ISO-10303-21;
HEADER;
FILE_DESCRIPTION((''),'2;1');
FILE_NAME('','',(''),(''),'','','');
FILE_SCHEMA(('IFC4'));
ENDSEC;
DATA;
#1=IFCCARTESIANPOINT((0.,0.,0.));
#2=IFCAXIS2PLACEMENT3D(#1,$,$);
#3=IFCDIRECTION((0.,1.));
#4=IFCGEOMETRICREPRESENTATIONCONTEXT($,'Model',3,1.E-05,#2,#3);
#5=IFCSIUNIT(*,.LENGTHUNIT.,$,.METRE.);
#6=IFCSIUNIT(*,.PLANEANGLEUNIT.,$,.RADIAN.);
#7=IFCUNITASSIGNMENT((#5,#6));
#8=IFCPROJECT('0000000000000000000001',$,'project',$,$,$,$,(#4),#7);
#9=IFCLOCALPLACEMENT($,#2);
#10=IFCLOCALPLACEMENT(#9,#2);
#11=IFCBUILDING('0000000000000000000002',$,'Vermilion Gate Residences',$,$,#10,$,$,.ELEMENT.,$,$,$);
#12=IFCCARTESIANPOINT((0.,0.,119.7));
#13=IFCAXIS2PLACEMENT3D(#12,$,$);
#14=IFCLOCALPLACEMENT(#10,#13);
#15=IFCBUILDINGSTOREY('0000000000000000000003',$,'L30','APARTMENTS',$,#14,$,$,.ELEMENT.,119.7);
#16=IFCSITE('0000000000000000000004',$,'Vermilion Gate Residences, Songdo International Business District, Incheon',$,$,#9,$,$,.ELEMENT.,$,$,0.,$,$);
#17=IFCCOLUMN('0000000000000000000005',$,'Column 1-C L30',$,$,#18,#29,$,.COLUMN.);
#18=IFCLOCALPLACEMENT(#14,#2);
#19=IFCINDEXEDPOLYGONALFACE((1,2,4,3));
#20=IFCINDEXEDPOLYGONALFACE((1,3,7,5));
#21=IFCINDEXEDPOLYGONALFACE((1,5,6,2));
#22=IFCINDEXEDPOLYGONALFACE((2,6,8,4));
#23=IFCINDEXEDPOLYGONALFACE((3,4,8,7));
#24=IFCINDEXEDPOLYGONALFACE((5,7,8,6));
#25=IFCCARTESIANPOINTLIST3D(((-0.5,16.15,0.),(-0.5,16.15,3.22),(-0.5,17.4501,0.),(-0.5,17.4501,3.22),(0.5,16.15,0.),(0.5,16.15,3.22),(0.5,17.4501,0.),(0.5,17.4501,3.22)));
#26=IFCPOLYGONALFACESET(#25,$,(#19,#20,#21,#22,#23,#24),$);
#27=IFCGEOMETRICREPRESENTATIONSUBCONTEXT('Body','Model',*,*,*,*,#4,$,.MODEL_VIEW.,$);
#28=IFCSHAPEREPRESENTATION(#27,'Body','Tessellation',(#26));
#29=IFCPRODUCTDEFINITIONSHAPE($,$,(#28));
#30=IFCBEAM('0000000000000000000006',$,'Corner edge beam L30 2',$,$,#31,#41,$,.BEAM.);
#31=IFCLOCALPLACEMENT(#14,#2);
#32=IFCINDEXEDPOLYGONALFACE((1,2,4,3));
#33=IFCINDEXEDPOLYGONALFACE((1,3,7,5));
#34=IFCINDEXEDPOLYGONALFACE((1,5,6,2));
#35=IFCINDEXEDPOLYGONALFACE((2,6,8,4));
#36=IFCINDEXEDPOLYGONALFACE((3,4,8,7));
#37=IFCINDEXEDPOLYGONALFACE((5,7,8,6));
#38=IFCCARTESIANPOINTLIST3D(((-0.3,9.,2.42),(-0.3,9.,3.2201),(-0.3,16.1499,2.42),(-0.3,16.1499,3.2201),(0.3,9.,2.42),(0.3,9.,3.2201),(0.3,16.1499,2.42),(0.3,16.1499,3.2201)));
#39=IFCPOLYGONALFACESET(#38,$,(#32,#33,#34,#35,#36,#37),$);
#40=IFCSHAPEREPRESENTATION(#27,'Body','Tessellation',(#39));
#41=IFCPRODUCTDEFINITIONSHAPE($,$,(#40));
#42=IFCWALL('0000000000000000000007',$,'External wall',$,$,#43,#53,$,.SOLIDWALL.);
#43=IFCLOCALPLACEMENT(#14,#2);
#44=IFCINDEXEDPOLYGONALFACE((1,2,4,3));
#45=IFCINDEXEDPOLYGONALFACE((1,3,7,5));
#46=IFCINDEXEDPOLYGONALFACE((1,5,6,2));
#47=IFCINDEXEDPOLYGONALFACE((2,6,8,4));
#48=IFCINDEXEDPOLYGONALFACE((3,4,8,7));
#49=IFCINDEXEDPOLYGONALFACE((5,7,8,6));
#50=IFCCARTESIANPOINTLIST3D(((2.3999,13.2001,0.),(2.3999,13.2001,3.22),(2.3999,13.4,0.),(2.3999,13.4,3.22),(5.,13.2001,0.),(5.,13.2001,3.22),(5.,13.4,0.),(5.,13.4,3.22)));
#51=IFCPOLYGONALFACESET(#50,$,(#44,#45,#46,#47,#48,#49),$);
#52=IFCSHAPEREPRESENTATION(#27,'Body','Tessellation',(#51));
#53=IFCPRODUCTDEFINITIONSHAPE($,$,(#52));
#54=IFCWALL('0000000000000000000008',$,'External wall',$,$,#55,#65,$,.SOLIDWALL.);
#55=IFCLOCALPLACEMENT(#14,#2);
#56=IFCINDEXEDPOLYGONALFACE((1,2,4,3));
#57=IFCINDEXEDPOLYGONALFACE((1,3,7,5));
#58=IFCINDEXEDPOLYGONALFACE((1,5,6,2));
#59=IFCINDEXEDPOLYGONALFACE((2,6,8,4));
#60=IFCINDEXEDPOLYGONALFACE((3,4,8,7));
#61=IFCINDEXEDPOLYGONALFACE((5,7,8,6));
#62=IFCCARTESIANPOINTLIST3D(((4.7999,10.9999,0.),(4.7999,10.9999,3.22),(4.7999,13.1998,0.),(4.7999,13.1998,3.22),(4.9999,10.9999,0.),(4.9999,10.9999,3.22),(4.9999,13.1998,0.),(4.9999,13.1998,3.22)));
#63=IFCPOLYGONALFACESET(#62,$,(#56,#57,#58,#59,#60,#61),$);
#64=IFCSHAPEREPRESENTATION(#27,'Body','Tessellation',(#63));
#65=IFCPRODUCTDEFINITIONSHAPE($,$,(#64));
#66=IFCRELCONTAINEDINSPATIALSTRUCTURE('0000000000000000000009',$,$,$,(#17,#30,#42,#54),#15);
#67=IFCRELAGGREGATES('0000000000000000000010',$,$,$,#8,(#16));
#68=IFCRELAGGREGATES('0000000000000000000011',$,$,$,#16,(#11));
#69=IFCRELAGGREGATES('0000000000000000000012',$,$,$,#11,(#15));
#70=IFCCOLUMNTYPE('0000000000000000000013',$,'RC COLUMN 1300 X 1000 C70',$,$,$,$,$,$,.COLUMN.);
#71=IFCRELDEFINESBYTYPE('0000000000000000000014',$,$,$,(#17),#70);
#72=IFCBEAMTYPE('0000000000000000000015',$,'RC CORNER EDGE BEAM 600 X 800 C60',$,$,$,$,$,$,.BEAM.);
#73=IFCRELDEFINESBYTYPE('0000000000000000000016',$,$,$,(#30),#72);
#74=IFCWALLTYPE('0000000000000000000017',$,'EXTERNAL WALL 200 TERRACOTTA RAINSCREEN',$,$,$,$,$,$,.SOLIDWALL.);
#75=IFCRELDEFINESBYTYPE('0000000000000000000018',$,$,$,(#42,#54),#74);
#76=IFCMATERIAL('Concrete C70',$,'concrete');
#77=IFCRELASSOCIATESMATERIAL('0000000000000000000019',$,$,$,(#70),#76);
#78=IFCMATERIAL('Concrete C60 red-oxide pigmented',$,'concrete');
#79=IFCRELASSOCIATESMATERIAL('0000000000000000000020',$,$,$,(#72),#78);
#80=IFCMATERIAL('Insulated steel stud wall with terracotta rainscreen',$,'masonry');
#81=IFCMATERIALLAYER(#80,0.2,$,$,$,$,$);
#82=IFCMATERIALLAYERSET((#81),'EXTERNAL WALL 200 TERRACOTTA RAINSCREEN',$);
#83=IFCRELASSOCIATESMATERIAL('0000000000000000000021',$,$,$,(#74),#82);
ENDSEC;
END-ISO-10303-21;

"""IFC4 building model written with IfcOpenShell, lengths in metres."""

from ifc_helpers import new_model, si_unit, direction, frame, frame_2d, origin, origin_2d, place, context, subcontext, project, spatial, rectangle, extrude, material, layer, layer_set, material_profile, profile_set, type_object, element, save


model = new_model("IFC4")

# Units and contexts
model_context = context("Model", 3, precision=1e-05, world=origin(), true_north=direction((0.0, 1.0)))
body_context = subcontext(model_context, "Body", "Model", "MODEL_VIEW")
ifc_project = project(units=[si_unit("LENGTHUNIT", "METRE"), si_unit("PLANEANGLEUNIT", "RADIAN")], contexts=[model_context])

# Site, building, storey
site_placement = place(None, origin())
site = spatial("IfcSite", under=ifc_project, at=site_placement, Name="Vermilion Gate Residences, Songdo International Business District, Incheon", CompositionType="ELEMENT", RefElevation=0.0)
building_placement = place(site_placement, origin())
building = spatial("IfcBuilding", under=site, at=building_placement, Name="Vermilion Gate Residences", CompositionType="ELEMENT")
storey_placement = place(building_placement, frame((0.0, 0.0, 119.7)))
storey = spatial("IfcBuildingStorey", under=building, at=storey_placement, Name="L30", Description="APARTMENTS", CompositionType="ELEMENT", Elevation=119.7)

# Column
ifc_material_1 = material(Name="Concrete C70", Category="concrete")
ifc_material_profile_1 = material_profile(ifc_material_1, rectangle(XDim=1.3, YDim=1.0, at=origin_2d()), Name="RC-1300x1000")
ifc_profile_set_1 = profile_set([ifc_material_profile_1], Name="Concrete C70")
column_type = type_object("IfcColumnType", Name="RC COLUMN 1300 X 1000 C70", PredefinedType="COLUMN", material=ifc_profile_set_1)
column_placement = place(storey_placement, frame((0.0, 16.8, 0.0), z_axis=(0.0, 0.0, 1.0), x_axis=(0.0, 1.0, 0.0)))
element("IfcColumn", 1, at=column_placement, inside=storey, type_object=column_type, Name="Column 1-C L30", PredefinedType="COLUMN", context=body_context, shape_type="SweptSolid", body=[
    extrude(rectangle(XDim=1.3, YDim=1.0, at=origin_2d()), origin(), (0.0, 0.0, 1.0), 3.22),
])

# Beam
ifc_material_2 = material(Name="Concrete C60 red-oxide pigmented", Category="concrete")
ifc_material_profile_2 = material_profile(ifc_material_2, rectangle(XDim=0.6001, YDim=0.8, at=origin_2d()), Name="RC-600x800")
ifc_profile_set_2 = profile_set([ifc_material_profile_2], Name="Concrete C60 red-oxide pigmented")
beam_type = type_object("IfcBeamType", Name="RC CORNER EDGE BEAM 600 X 800 C60", PredefinedType="BEAM", material=ifc_profile_set_2)
beam_placement = place(storey_placement, frame((0.0, 9.0, 2.8201), z_axis=(0.0, 1.0, 0.0), x_axis=(-1.0, 0.0, 0.0)))
element("IfcBeam", 2, at=beam_placement, inside=storey, type_object=beam_type, Name="Corner edge beam L30 2", PredefinedType="BEAM", context=body_context, shape_type="SweptSolid", body=[
    extrude(rectangle(XDim=0.6001, YDim=0.8, at=origin_2d()), origin(), (0.0, 0.0, 1.0), 7.1499),
])

# Walls
ifc_material_3 = material(Name="Insulated steel stud wall with terracotta rainscreen", Category="masonry")
ifc_layer_1 = layer(ifc_material_3, 0.2)
ifc_layer_set_1 = layer_set([ifc_layer_1], Name="EXTERNAL WALL 200 TERRACOTTA RAINSCREEN")
wall_type_1 = type_object("IfcWallType", Name="EXTERNAL WALL 200 TERRACOTTA RAINSCREEN", PredefinedType="SOLIDWALL", material=ifc_layer_set_1)
wall_1_placement = place(storey_placement, frame((2.3999, 13.3, 0.0), z_axis=(0.0, 0.0, 1.0), x_axis=(1.0, 0.0, 0.0)))
element("IfcWall", 3, at=wall_1_placement, inside=storey, type_object=wall_type_1, Name="External wall", PredefinedType="SOLIDWALL", context=body_context, shape_type="SweptSolid", body=[
    extrude(rectangle(XDim=2.6001, YDim=0.2, at=frame_2d((1.3, 0.0))), origin(), (0.0, 0.0, 1.0), 3.22),
])
wall_2_placement = place(storey_placement, frame((4.8999, 13.2, 0.0), z_axis=(0.0, 0.0, 1.0), x_axis=(0.0, -1.0, 0.0)))
element("IfcWall", 4, at=wall_2_placement, inside=storey, type_object=wall_type_1, Name="External wall", PredefinedType="SOLIDWALL", context=body_context, shape_type="SweptSolid", body=[
    extrude(rectangle(XDim=2.2, YDim=0.2, at=frame_2d((1.1001, 0.0))), origin(), (0.0, 0.0, 1.0), 3.22),
])

save(model, "model.ifc")
